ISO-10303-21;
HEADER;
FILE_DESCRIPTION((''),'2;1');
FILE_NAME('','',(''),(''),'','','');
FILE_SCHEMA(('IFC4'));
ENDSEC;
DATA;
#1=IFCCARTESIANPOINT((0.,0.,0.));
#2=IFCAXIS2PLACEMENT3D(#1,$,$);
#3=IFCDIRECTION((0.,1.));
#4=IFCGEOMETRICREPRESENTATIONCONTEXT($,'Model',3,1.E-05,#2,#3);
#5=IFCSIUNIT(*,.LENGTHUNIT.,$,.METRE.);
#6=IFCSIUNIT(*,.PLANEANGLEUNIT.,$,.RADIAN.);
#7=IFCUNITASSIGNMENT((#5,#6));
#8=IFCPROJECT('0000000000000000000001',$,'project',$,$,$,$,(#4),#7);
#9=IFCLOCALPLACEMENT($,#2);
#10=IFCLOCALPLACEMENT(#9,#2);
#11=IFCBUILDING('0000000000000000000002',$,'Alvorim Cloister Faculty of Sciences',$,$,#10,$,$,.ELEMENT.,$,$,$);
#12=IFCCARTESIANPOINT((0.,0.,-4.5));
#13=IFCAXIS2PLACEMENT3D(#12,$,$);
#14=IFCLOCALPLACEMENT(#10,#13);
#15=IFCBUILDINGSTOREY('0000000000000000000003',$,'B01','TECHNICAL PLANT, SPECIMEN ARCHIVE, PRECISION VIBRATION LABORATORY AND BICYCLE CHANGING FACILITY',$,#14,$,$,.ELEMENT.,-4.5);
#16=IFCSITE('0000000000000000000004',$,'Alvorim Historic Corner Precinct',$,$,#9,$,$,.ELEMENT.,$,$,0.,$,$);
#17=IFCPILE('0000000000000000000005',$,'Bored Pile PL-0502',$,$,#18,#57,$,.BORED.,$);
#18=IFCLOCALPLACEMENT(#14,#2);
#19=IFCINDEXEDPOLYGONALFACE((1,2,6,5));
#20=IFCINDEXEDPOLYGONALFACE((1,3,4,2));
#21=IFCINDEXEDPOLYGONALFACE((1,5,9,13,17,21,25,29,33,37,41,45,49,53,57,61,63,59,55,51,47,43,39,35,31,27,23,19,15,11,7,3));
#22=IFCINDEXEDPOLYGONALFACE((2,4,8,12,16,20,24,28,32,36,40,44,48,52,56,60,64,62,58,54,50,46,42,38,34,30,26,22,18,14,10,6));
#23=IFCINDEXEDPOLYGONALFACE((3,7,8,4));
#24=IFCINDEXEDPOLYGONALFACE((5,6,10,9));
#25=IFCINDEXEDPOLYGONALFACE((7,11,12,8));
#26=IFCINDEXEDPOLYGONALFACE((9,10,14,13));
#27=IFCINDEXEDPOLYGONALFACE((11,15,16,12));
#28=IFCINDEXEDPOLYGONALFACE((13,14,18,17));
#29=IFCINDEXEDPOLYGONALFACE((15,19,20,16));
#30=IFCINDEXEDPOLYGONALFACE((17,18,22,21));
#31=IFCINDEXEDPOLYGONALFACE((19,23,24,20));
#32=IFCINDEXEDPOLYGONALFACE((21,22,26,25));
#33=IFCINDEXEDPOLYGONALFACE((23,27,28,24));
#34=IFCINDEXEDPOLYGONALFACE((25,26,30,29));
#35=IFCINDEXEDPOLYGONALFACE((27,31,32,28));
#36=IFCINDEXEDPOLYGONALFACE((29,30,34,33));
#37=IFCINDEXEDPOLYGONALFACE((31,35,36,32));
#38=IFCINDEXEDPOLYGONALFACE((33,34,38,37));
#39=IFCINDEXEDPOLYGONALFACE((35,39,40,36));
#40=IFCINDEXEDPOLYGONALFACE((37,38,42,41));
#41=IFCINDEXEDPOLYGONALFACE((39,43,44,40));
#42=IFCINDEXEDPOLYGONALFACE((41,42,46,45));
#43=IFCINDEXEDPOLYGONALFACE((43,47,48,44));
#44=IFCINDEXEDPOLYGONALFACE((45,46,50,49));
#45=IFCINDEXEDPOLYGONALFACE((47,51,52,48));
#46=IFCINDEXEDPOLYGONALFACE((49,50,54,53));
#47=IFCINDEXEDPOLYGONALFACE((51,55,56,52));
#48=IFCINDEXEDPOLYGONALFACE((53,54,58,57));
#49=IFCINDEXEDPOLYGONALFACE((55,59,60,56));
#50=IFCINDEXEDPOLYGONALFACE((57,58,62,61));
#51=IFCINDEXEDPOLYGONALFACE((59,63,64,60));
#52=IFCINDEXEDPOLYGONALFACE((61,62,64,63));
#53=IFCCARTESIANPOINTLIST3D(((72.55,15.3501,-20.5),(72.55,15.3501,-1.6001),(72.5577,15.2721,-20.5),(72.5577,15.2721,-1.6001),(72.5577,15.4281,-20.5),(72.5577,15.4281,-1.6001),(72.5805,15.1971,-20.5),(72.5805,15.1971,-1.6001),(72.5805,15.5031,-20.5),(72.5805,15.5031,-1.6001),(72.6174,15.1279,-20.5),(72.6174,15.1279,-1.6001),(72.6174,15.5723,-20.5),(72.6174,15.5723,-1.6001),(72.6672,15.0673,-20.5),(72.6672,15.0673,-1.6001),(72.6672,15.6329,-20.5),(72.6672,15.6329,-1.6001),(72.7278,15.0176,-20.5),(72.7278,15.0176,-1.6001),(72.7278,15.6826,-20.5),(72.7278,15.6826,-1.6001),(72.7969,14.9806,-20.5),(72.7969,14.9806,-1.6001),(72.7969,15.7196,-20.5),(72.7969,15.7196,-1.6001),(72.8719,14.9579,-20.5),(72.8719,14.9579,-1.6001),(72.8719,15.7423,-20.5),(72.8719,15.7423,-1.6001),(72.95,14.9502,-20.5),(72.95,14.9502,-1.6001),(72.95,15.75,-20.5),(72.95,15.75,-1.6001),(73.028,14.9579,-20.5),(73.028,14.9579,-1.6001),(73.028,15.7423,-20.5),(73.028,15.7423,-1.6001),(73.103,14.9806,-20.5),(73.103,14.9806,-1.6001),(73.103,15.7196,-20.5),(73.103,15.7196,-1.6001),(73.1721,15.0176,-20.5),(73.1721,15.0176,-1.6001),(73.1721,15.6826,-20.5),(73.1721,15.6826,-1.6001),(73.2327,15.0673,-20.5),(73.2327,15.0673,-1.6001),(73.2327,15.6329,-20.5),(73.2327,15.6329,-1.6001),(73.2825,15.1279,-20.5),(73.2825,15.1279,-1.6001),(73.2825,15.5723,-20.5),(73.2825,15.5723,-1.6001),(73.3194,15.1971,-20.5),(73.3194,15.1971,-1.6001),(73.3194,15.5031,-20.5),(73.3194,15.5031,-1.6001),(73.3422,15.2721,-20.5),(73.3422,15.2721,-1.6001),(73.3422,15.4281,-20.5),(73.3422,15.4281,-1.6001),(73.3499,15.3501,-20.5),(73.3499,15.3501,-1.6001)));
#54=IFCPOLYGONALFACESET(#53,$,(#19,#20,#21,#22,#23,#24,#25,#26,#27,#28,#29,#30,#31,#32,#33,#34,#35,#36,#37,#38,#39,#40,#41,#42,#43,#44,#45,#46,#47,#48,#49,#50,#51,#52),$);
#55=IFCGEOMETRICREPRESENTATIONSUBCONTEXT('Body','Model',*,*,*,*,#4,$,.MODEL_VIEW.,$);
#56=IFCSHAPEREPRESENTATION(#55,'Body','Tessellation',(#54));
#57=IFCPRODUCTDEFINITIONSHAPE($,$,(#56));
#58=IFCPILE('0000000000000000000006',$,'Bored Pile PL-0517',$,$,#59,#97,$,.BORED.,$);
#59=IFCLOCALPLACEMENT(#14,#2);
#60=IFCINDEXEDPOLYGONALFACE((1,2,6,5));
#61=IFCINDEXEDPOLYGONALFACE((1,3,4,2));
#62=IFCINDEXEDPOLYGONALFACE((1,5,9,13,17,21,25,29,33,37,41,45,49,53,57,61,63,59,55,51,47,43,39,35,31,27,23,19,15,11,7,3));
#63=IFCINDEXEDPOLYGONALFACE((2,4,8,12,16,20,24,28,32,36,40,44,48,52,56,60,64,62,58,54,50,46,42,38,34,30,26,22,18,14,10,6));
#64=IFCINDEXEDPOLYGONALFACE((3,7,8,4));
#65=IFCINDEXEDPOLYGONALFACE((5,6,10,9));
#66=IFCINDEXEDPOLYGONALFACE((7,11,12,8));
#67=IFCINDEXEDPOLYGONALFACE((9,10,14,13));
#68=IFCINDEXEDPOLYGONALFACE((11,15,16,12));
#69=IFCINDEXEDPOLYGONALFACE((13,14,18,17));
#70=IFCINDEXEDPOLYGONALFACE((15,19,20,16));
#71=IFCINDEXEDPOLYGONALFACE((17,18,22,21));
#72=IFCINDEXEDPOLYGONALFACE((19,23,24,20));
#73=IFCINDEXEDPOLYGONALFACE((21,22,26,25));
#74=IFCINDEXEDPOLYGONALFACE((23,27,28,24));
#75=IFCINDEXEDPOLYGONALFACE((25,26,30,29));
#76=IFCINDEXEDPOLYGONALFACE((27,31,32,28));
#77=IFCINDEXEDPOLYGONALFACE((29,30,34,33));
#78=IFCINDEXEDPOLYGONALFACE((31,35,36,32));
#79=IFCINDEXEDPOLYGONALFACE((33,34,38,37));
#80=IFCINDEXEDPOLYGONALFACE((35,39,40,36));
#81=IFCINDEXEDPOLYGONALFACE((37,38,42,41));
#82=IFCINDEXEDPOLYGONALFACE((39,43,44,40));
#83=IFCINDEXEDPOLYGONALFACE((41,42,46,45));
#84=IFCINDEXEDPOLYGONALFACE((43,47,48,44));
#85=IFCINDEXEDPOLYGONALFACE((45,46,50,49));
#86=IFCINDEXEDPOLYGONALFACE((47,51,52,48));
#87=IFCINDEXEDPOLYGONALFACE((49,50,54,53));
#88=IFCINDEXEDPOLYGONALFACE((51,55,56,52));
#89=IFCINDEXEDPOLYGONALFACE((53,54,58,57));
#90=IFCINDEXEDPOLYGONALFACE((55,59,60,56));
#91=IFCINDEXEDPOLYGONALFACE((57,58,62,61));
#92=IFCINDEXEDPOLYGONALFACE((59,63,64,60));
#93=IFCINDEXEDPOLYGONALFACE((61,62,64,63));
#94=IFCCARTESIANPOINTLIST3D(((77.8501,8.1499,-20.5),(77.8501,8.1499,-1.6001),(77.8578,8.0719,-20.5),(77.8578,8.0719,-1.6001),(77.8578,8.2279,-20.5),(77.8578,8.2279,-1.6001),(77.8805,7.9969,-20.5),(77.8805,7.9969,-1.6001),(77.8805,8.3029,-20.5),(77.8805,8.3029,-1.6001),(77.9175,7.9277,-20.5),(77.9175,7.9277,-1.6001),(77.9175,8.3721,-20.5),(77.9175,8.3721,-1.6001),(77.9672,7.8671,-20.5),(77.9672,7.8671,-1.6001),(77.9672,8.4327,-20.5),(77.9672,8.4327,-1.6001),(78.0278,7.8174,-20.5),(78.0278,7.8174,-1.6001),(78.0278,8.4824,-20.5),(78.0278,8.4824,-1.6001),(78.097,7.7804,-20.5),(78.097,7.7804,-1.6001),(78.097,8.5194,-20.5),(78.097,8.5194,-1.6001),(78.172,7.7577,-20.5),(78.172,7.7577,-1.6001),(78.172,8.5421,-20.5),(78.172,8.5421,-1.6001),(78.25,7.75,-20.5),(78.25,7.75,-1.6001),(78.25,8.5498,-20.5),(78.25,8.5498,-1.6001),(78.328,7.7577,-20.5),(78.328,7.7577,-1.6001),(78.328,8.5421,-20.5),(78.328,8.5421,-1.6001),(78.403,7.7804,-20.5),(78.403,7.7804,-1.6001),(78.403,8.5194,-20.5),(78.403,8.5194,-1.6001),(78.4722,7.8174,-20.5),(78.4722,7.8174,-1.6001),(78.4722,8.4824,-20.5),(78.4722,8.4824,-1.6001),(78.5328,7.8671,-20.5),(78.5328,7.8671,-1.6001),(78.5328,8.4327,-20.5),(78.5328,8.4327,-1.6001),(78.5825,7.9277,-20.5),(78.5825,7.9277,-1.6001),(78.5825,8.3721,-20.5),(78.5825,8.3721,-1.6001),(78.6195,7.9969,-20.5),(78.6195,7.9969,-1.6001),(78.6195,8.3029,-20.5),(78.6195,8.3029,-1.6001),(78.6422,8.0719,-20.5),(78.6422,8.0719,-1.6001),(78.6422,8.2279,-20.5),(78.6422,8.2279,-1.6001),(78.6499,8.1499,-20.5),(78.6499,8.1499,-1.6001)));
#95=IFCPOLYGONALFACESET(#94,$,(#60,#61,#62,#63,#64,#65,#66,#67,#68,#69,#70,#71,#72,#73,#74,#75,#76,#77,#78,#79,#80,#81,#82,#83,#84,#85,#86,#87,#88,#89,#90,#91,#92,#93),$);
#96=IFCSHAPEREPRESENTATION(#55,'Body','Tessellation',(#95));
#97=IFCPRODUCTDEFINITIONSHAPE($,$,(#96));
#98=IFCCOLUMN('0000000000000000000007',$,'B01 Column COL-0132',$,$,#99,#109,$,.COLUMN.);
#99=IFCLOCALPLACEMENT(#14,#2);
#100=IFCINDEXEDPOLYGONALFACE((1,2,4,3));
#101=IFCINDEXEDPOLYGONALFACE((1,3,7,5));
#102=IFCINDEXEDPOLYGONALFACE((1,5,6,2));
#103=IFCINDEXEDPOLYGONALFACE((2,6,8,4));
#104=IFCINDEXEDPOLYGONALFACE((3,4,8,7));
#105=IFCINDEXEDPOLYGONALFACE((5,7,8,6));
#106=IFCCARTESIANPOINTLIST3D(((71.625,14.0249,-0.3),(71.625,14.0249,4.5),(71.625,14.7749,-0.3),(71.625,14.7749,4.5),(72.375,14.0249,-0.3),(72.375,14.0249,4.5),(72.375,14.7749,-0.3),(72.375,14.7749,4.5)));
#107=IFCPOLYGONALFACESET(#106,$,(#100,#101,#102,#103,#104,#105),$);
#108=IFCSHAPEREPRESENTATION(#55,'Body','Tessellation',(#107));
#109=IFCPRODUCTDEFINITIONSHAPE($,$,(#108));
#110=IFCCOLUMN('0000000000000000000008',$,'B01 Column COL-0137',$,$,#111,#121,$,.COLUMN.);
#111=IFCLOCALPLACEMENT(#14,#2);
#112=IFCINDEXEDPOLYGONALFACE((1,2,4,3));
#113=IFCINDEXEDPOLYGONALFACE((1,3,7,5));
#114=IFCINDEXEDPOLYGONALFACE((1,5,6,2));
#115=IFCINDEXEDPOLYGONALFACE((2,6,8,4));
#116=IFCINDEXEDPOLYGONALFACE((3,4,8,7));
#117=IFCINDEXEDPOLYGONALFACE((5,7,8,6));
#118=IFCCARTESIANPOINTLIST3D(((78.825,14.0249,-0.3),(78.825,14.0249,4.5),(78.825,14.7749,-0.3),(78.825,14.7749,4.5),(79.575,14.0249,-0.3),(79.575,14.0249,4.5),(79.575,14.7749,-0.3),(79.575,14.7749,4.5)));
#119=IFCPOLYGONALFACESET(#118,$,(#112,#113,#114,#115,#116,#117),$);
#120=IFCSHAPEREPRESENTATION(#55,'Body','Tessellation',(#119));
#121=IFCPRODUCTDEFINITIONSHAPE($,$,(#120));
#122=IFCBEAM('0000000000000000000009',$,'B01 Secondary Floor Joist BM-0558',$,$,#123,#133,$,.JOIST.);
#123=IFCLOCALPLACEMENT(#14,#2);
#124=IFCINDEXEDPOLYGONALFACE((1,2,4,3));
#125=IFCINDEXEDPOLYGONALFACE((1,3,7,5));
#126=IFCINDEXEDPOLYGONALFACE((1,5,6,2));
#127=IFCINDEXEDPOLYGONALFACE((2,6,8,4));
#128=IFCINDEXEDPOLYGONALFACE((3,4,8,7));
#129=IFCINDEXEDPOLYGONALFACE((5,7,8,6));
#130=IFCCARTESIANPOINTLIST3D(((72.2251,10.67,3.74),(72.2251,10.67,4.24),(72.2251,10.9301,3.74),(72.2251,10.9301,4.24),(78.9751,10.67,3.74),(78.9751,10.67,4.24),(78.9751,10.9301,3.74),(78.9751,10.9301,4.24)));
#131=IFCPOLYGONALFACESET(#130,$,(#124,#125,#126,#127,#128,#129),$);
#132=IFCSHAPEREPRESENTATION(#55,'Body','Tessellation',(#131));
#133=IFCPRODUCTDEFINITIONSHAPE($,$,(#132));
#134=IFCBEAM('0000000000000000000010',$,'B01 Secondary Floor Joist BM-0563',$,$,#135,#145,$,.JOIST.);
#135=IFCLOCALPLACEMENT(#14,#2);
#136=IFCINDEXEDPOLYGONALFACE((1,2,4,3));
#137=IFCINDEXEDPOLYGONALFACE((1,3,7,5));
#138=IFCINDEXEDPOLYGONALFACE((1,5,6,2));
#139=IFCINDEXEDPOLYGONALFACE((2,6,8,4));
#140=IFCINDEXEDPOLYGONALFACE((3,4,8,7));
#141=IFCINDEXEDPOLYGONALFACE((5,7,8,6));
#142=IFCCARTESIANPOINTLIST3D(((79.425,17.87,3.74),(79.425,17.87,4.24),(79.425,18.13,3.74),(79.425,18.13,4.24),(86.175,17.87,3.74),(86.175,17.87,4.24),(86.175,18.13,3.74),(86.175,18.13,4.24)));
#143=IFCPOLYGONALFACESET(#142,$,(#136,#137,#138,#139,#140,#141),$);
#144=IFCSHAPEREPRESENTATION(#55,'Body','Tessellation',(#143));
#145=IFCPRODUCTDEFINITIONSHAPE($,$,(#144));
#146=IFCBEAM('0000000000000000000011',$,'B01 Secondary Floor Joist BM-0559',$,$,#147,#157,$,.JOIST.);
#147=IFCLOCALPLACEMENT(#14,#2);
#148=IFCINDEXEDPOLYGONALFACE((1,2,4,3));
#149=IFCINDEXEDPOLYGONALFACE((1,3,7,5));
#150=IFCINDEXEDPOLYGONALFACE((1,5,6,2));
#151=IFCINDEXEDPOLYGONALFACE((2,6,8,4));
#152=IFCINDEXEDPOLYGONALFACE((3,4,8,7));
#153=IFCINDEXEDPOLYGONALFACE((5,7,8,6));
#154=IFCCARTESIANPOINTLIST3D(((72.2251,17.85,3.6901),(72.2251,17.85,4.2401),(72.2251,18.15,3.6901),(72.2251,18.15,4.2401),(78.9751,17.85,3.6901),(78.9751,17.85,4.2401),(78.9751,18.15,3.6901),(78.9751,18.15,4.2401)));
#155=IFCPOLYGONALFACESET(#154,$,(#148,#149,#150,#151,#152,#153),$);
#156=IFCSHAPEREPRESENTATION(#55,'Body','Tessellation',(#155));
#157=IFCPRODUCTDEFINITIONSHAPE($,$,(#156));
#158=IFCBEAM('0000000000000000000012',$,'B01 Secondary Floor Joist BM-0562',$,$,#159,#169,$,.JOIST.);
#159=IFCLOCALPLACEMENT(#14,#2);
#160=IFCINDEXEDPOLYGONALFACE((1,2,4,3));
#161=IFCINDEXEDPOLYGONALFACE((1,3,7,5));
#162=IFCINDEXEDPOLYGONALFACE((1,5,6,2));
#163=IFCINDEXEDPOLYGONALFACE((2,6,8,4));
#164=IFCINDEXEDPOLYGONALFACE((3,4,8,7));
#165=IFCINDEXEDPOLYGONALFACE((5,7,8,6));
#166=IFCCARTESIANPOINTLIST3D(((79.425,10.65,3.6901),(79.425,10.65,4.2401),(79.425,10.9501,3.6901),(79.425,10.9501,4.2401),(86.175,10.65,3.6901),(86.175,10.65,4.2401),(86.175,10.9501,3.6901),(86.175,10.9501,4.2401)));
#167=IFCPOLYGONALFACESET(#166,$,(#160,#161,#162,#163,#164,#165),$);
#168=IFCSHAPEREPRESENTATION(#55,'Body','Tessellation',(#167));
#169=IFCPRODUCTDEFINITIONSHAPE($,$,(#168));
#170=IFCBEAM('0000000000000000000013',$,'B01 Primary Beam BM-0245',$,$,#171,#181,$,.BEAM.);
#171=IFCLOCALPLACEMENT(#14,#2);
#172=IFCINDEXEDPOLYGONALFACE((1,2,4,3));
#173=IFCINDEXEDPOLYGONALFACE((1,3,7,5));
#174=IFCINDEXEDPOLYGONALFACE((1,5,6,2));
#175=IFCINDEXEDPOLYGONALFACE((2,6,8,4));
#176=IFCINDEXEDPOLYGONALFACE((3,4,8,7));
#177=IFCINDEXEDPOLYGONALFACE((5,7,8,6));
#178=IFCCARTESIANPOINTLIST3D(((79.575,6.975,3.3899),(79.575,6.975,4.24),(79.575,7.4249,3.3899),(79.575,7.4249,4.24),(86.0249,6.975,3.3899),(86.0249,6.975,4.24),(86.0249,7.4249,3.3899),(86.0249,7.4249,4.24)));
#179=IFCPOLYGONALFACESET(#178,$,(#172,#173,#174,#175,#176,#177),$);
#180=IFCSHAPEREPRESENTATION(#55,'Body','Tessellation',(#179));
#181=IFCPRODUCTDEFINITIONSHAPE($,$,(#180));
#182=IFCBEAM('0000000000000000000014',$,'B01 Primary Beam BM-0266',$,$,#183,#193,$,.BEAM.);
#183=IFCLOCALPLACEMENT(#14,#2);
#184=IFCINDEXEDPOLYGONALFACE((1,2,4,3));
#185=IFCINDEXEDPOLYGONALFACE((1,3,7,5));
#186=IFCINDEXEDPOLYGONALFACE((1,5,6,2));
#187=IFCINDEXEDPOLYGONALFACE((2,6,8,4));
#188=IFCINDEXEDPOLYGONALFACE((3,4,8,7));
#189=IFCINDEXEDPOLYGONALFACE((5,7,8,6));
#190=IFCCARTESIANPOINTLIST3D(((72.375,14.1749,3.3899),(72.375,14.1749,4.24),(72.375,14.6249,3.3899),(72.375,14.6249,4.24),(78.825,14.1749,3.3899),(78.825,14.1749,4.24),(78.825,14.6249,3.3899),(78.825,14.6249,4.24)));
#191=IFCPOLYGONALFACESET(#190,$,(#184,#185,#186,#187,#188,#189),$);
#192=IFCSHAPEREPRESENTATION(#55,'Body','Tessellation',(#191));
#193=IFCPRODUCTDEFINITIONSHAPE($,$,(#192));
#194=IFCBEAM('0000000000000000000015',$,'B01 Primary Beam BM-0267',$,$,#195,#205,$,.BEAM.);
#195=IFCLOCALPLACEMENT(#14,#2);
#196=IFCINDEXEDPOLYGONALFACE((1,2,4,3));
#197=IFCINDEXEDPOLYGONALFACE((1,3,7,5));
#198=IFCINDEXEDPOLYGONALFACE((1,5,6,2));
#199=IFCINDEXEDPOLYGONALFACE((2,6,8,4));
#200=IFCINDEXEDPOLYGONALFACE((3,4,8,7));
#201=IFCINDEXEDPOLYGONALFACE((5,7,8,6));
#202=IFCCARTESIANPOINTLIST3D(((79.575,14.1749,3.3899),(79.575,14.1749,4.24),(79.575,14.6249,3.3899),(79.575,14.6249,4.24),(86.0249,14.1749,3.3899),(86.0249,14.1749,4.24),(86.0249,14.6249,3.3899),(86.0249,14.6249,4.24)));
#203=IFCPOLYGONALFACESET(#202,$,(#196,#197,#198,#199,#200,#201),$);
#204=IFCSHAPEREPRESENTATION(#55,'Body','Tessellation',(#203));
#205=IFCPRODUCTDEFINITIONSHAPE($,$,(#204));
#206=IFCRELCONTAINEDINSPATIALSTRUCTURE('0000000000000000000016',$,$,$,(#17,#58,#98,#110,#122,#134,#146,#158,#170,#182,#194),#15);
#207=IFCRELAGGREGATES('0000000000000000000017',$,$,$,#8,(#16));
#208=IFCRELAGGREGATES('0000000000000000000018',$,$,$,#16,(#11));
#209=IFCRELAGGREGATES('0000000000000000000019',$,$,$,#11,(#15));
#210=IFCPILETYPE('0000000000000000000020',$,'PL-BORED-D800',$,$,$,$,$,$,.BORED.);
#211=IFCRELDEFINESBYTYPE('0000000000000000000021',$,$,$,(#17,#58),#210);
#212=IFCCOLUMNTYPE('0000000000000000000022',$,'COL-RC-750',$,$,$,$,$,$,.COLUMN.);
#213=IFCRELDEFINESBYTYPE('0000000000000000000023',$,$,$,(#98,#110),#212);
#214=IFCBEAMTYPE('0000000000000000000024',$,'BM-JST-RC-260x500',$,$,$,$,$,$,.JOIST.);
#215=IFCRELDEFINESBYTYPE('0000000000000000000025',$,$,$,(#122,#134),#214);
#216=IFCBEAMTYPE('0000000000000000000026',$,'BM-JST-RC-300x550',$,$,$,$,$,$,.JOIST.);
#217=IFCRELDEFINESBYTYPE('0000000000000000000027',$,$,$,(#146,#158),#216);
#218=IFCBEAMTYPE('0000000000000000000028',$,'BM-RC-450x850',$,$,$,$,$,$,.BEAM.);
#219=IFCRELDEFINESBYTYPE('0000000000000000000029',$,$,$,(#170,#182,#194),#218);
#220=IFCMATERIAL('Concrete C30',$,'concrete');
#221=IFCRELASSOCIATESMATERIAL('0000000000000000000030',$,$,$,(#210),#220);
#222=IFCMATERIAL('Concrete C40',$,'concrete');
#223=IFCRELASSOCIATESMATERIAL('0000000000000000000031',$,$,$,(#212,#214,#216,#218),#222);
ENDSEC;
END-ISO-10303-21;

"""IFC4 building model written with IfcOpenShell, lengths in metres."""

from ifc_helpers import new_model, si_unit, direction, frame, origin, origin_2d, place, context, subcontext, project, spatial, rectangle, circle, extrude, material, material_profile, profile_set, type_object, element, save


model = new_model("IFC4")

# Units and contexts
model_context = context("Model", 3, precision=1e-05, world=origin(), true_north=direction((0.0, 1.0)))
body_context = subcontext(model_context, "Body", "Model", "MODEL_VIEW")
ifc_project = project(units=[si_unit("LENGTHUNIT", "METRE"), si_unit("PLANEANGLEUNIT", "RADIAN")], contexts=[model_context])

# Site, building, storey
site_placement = place(None, origin())
site = spatial("IfcSite", under=ifc_project, at=site_placement, Name="Alvorim Historic Corner Precinct", CompositionType="ELEMENT", RefElevation=0.0)
building_placement = place(site_placement, origin())
building = spatial("IfcBuilding", under=site, at=building_placement, Name="Alvorim Cloister Faculty of Sciences", CompositionType="ELEMENT")
storey_placement = place(building_placement, frame((0.0, 0.0, -4.5)))
storey = spatial("IfcBuildingStorey", under=building, at=storey_placement, Name="B01", Description="TECHNICAL PLANT, SPECIMEN ARCHIVE, PRECISION VIBRATION LABORATORY AND BICYCLE CHANGING FACILITY", CompositionType="ELEMENT", Elevation=-4.5)

# Shared definitions
ifc_material_1 = material(Name="Concrete C40", Category="concrete")

# Piles
ifc_material_2 = material(Name="Concrete C30", Category="concrete")
ifc_material_profile_1 = material_profile(ifc_material_2, circle(Radius=0.3999, at=origin_2d()), Name="PILE-D800")
ifc_profile_set_1 = profile_set([ifc_material_profile_1], Name="Concrete C30")
pile_type_1 = type_object("IfcPileType", Name="PL-BORED-D800", PredefinedType="BORED", material=ifc_profile_set_1)
for number, where, z_axis, x_axis, name in (
    (1, (72.95, 15.3501, -1.6001), (0.0, 0.0, -1.0), (1.0, 0.0, 0.0), "Bored Pile PL-0502"),
    (2, (78.25, 8.1499, -1.6001), (0.0, 0.0, -1.0), (1.0, 0.0, 0.0), "Bored Pile PL-0517"),
):
    element("IfcPile", number, at=place(storey_placement, frame(where, z_axis=z_axis, x_axis=x_axis)), inside=storey, type_object=pile_type_1, Name=name, PredefinedType="BORED", context=body_context, shape_type="SweptSolid", body=[
        extrude(circle(Radius=0.3999, at=origin_2d()), origin(), (0.0, 0.0, 1.0), 18.8999),
    ])

# Columns
ifc_material_profile_2 = material_profile(ifc_material_1, rectangle(XDim=0.75, YDim=0.75, at=origin_2d()), Name="RC40-COL-750x750")
ifc_profile_set_2 = profile_set([ifc_material_profile_2], Name="Concrete C40")
column_type = type_object("IfcColumnType", Name="COL-RC-750", PredefinedType="COLUMN", material=ifc_profile_set_2)
for number, where, z_axis, x_axis, name in (
    (3, (72.0, 14.3999, -0.3), (0.0, 0.0, 1.0), (1.0, 0.0, 0.0), "B01 Column COL-0132"),
    (4, (79.2, 14.3999, -0.3), (0.0, 0.0, 1.0), (1.0, 0.0, 0.0), "B01 Column COL-0137"),
):
    element("IfcColumn", number, at=place(storey_placement, frame(where, z_axis=z_axis, x_axis=x_axis)), inside=storey, type_object=column_type, Name=name, PredefinedType="COLUMN", context=body_context, shape_type="SweptSolid", body=[
        extrude(rectangle(XDim=0.75, YDim=0.75, at=origin_2d()), origin(), (0.0, 0.0, 1.0), 4.8),
    ])

# Beams
ifc_material_profile_3 = material_profile(ifc_material_1, rectangle(XDim=0.26, YDim=0.5, at=origin_2d()), Name="RC40-JST-260x500")
ifc_profile_set_3 = profile_set([ifc_material_profile_3], Name="Concrete C40")
beam_type_1 = type_object("IfcBeamType", Name="BM-JST-RC-260x500", PredefinedType="JOIST", material=ifc_profile_set_3)
for number, where, z_axis, x_axis, name in (
    (5, (72.2251, 10.8, 3.99), (1.0, 0.0, 0.0), (0.0, 1.0, 0.0), "B01 Secondary Floor Joist BM-0558"),
    (6, (79.425, 18.0, 3.99), (1.0, 0.0, 0.0), (0.0, 1.0, 0.0), "B01 Secondary Floor Joist BM-0563"),
):
    element("IfcBeam", number, at=place(storey_placement, frame(where, z_axis=z_axis, x_axis=x_axis)), inside=storey, type_object=beam_type_1, Name=name, PredefinedType="JOIST", context=body_context, shape_type="SweptSolid", body=[
        extrude(rectangle(XDim=0.26, YDim=0.5, at=origin_2d()), origin(), (0.0, 0.0, 1.0), 6.75),
    ])
ifc_material_profile_4 = material_profile(ifc_material_1, rectangle(XDim=0.3, YDim=0.55, at=origin_2d()), Name="RC40-JST-300x550")
ifc_profile_set_4 = profile_set([ifc_material_profile_4], Name="Concrete C40")
beam_type_2 = type_object("IfcBeamType", Name="BM-JST-RC-300x550", PredefinedType="JOIST", material=ifc_profile_set_4)
for number, where, z_axis, x_axis, name in (
    (7, (72.2251, 18.0, 3.9651), (1.0, 0.0, 0.0), (0.0, 1.0, 0.0), "B01 Secondary Floor Joist BM-0559"),
    (8, (79.425, 10.8, 3.9651), (1.0, 0.0, 0.0), (0.0, 1.0, 0.0), "B01 Secondary Floor Joist BM-0562"),
):
    element("IfcBeam", number, at=place(storey_placement, frame(where, z_axis=z_axis, x_axis=x_axis)), inside=storey, type_object=beam_type_2, Name=name, PredefinedType="JOIST", context=body_context, shape_type="SweptSolid", body=[
        extrude(rectangle(XDim=0.3, YDim=0.55, at=origin_2d()), origin(), (0.0, 0.0, 1.0), 6.75),
    ])
ifc_material_profile_5 = material_profile(ifc_material_1, rectangle(XDim=0.45, YDim=0.8501, at=origin_2d()), Name="RC40-BM-450x850")
ifc_profile_set_5 = profile_set([ifc_material_profile_5], Name="Concrete C40")
beam_type_3 = type_object("IfcBeamType", Name="BM-RC-450x850", PredefinedType="BEAM", material=ifc_profile_set_5)
for number, where, z_axis, x_axis, name in (
    (9, (79.575, 7.2, 3.8149), (1.0, 0.0, 0.0), (0.0, 1.0, 0.0), "B01 Primary Beam BM-0245"),
    (10, (72.375, 14.3999, 3.8149), (1.0, 0.0, 0.0), (0.0, 1.0, 0.0), "B01 Primary Beam BM-0266"),
    (11, (79.575, 14.3999, 3.8149), (1.0, 0.0, 0.0), (0.0, 1.0, 0.0), "B01 Primary Beam BM-0267"),
):
    element("IfcBeam", number, at=place(storey_placement, frame(where, z_axis=z_axis, x_axis=x_axis)), inside=storey, type_object=beam_type_3, Name=name, PredefinedType="BEAM", context=body_context, shape_type="SweptSolid", body=[
        extrude(rectangle(XDim=0.45, YDim=0.8501, at=origin_2d()), origin(), (0.0, 0.0, 1.0), 6.45),
    ])

save(model, "model.ifc")
